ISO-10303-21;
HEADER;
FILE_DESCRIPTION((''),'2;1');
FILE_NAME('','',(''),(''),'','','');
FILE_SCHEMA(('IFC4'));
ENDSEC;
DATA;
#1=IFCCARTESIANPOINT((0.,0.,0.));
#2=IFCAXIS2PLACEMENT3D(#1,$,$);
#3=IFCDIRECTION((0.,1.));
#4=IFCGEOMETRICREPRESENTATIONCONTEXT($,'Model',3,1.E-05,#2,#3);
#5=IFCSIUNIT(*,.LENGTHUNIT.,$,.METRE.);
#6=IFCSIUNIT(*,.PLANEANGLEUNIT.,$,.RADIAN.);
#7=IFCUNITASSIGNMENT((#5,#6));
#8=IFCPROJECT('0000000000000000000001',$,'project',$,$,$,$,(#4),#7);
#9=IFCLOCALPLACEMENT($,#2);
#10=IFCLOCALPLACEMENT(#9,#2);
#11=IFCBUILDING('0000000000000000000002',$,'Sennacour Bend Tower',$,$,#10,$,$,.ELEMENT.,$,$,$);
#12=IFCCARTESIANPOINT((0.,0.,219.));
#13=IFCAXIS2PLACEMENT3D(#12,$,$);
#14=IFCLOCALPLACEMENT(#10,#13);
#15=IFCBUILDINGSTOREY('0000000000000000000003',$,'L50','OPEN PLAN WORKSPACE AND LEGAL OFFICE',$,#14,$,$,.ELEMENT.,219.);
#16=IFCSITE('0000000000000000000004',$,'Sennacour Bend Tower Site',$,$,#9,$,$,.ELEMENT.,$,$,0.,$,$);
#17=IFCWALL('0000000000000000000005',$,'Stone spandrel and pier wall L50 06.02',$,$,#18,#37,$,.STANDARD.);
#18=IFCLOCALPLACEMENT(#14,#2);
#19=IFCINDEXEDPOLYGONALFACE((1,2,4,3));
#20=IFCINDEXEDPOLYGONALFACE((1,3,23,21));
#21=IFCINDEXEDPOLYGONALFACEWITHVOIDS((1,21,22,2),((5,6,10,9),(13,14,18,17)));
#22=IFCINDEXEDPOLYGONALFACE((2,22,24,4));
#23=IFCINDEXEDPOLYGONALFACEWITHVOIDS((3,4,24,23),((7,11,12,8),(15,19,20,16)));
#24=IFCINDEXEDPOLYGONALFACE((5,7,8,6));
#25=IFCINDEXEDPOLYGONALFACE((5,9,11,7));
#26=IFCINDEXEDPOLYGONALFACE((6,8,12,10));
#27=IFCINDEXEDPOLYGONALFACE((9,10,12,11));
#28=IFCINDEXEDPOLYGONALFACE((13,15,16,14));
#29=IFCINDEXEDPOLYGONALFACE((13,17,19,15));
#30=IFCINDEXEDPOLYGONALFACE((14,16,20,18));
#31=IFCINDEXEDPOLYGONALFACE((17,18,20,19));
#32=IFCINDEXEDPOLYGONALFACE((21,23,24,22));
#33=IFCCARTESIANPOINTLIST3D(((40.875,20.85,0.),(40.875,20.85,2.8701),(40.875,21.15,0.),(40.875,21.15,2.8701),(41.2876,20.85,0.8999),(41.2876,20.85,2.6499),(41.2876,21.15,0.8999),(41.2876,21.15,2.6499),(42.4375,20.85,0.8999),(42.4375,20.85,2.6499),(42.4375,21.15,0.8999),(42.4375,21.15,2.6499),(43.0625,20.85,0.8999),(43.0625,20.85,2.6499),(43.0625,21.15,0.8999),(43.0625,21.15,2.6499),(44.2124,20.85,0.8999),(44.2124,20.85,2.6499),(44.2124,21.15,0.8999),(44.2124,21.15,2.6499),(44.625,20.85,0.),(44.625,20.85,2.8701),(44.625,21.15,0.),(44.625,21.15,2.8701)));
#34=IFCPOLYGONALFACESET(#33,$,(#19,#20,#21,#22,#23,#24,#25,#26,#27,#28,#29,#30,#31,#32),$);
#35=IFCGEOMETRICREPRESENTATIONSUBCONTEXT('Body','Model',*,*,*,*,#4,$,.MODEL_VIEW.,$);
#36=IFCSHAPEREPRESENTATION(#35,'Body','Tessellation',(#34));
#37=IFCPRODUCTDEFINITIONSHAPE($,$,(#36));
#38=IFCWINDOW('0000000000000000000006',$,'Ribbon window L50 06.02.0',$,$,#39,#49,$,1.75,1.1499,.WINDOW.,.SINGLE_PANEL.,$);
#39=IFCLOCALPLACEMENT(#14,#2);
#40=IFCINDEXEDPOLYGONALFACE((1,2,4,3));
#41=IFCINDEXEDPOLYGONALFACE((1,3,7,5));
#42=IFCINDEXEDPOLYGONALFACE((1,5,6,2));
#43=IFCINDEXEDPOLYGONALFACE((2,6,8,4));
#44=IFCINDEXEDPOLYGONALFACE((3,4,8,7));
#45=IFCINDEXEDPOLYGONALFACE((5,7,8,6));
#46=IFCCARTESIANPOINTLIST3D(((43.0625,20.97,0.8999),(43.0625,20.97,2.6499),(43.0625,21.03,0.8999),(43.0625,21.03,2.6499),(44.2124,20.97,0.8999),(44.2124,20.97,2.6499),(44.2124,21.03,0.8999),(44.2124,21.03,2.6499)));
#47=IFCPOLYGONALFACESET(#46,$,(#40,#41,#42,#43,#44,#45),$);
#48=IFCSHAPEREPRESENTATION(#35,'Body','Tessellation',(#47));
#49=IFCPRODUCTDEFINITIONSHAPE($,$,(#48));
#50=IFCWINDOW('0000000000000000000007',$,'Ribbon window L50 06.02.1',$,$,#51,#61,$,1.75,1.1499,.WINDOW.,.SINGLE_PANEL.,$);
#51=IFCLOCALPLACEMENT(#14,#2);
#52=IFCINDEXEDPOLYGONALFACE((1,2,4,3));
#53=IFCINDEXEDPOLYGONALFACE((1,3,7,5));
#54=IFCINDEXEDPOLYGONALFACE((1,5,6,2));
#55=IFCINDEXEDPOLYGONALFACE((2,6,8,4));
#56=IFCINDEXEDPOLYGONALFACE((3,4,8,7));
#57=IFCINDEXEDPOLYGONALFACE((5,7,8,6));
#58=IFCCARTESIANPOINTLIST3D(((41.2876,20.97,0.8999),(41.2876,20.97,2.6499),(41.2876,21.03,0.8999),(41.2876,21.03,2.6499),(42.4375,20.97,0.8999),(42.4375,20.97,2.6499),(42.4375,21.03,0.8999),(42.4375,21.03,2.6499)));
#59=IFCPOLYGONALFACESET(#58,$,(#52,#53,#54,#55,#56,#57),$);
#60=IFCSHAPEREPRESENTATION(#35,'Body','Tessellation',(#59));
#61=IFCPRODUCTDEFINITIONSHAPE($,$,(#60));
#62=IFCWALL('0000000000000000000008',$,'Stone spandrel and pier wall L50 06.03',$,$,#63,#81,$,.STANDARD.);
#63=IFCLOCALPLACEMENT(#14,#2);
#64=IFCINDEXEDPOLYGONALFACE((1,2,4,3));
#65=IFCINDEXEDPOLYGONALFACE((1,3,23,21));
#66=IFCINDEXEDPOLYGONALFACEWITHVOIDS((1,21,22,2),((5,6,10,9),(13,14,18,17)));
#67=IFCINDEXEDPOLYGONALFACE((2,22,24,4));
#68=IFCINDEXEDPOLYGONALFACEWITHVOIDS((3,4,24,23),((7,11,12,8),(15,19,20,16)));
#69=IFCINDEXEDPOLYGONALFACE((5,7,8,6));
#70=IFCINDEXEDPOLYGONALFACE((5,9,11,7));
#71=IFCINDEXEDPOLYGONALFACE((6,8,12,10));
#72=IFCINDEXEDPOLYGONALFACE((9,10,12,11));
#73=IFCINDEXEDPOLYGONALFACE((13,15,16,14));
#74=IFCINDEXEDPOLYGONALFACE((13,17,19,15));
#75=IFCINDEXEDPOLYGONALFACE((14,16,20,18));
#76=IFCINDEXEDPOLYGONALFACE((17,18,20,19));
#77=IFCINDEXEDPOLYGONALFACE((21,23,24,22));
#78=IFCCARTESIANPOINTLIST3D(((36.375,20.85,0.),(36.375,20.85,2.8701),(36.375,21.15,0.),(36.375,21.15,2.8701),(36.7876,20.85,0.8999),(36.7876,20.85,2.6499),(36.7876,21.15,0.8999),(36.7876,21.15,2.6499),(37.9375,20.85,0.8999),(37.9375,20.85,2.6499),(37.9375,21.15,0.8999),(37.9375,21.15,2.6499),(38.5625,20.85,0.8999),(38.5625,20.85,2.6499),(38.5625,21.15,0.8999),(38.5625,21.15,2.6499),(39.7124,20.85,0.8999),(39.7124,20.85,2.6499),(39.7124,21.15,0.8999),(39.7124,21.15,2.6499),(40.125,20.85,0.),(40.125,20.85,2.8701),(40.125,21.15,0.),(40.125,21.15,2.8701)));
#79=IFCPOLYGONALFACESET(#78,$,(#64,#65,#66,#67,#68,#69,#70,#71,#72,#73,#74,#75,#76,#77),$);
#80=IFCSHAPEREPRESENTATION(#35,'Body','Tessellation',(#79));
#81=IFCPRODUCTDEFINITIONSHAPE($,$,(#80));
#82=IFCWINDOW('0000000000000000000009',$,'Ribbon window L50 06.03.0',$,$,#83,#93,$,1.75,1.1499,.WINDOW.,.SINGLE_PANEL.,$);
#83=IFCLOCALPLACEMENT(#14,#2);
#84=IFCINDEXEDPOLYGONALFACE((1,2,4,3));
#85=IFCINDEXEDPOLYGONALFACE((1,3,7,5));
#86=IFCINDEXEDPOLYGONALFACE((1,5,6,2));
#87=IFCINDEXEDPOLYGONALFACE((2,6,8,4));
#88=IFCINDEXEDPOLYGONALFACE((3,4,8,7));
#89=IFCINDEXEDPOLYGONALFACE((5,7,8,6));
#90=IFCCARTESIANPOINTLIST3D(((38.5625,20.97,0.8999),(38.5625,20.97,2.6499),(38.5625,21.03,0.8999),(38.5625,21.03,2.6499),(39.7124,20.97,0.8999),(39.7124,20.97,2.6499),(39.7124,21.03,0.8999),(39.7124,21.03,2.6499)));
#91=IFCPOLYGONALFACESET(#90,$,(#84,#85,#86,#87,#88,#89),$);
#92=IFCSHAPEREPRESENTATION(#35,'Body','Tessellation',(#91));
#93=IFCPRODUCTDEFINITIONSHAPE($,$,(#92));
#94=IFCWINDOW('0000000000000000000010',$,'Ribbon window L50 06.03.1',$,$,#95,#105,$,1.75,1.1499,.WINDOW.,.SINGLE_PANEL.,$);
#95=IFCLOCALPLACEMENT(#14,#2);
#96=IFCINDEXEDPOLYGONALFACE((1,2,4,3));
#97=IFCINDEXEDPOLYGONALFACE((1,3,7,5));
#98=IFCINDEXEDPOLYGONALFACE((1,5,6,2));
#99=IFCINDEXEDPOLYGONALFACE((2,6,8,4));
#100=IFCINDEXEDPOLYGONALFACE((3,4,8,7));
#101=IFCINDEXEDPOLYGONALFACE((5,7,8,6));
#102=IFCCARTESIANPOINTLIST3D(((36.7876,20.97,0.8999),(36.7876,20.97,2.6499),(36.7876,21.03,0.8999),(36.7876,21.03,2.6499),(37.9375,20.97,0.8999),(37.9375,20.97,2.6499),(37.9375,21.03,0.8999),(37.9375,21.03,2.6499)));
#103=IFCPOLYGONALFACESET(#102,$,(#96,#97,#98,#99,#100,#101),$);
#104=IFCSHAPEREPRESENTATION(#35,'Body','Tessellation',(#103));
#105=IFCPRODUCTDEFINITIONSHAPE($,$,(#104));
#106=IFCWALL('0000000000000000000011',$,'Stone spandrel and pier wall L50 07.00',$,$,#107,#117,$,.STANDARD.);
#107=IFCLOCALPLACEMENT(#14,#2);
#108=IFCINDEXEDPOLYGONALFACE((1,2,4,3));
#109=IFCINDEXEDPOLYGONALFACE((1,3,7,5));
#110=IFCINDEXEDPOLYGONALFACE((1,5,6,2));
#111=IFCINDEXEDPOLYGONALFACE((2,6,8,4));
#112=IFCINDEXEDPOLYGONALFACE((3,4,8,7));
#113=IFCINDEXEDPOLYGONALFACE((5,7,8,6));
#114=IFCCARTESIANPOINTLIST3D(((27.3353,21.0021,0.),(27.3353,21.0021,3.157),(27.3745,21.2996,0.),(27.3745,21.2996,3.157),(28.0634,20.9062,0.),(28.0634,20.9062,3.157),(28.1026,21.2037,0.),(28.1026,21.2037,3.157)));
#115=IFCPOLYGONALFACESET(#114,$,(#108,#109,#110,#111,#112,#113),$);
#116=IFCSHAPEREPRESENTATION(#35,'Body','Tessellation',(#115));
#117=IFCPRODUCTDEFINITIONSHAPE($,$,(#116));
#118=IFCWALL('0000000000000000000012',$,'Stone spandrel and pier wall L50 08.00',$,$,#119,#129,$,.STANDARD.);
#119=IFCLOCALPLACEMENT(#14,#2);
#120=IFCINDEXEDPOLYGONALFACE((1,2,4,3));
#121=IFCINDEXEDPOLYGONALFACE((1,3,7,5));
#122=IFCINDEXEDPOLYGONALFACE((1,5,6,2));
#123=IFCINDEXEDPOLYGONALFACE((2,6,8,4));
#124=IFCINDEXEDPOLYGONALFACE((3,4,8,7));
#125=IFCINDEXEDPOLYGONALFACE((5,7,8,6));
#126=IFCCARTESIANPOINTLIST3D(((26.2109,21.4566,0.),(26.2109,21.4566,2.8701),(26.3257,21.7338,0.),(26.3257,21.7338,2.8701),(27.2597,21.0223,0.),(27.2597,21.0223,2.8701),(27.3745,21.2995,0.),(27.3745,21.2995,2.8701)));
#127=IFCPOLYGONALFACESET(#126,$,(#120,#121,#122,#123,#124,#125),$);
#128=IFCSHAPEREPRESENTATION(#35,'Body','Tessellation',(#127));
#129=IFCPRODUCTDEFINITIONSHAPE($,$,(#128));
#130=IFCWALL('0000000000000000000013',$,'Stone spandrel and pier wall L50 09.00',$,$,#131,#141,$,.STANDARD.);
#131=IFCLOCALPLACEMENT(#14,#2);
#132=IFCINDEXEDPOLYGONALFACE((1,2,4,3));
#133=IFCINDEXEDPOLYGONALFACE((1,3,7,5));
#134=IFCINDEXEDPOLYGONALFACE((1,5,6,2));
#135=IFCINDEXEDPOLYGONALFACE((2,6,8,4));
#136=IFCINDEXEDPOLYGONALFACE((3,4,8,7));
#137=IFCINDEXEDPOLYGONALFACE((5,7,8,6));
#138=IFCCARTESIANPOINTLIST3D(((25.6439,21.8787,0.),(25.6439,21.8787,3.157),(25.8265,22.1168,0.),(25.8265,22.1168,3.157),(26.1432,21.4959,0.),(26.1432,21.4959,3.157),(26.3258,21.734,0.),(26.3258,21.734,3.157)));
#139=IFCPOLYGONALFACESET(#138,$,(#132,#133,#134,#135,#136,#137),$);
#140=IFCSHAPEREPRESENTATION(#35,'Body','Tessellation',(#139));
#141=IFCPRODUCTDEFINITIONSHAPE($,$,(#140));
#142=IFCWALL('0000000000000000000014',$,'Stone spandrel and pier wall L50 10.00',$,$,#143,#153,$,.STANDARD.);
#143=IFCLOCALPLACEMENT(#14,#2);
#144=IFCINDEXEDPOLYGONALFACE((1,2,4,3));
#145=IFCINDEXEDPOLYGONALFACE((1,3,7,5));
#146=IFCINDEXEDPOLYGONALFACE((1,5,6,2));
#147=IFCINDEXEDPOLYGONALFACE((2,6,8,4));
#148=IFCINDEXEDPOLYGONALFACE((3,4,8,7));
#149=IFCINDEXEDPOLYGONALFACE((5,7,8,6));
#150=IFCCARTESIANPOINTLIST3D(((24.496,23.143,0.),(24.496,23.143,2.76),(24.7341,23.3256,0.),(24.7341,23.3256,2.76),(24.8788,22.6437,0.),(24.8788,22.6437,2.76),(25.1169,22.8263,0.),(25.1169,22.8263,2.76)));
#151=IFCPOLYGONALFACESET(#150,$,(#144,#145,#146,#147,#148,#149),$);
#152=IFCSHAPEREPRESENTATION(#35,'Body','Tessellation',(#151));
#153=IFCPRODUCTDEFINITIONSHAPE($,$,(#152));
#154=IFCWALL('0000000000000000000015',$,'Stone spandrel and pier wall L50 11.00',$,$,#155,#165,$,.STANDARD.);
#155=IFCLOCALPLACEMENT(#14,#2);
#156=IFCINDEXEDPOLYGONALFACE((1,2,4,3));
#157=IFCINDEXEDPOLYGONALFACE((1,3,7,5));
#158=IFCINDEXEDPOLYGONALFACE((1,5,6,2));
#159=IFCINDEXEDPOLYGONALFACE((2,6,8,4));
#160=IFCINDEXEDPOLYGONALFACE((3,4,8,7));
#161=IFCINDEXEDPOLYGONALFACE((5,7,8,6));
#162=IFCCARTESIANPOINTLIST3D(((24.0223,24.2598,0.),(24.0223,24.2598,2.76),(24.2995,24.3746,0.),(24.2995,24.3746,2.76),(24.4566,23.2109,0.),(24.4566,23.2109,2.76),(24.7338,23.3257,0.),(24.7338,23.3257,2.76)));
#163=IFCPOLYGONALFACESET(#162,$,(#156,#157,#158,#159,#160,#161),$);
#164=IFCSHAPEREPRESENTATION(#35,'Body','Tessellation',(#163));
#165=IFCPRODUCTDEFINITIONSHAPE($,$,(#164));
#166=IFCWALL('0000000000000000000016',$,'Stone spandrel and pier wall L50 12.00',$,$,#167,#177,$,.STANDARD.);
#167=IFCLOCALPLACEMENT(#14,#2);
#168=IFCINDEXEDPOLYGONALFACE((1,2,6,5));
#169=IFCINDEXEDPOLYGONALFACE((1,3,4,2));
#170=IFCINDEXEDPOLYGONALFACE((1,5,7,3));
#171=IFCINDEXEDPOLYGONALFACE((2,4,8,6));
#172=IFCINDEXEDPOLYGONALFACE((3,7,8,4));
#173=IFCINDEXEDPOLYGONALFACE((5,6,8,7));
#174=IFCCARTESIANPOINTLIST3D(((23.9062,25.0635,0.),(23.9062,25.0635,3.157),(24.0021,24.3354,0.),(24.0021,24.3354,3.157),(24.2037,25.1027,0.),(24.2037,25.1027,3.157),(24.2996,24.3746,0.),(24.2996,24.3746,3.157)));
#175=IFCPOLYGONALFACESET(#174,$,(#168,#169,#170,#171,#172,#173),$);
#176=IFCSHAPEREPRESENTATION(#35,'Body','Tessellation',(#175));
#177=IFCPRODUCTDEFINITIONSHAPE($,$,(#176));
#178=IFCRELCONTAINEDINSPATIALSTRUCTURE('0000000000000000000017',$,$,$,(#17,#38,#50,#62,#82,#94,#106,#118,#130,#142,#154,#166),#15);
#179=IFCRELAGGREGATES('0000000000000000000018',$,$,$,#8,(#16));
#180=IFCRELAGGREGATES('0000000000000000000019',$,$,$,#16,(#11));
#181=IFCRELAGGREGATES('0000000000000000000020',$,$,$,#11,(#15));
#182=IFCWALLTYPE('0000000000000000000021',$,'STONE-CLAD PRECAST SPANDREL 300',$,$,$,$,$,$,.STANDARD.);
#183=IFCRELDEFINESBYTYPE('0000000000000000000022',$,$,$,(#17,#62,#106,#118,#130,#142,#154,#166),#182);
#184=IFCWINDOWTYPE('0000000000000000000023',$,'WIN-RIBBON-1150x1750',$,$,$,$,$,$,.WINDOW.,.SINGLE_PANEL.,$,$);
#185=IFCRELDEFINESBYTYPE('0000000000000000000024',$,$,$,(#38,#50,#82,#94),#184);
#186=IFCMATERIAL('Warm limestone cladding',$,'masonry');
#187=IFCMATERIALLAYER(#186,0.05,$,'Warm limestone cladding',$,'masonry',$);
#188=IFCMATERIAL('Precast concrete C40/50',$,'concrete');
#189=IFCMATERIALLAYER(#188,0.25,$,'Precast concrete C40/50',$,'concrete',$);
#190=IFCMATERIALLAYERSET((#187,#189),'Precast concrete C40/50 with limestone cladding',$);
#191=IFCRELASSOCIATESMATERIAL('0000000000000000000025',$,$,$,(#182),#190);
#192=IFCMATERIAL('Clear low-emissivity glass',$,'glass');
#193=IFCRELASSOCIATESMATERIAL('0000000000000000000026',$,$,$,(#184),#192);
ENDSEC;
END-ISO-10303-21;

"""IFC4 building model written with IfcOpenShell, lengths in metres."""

from ifc_helpers import new_model, si_unit, direction, frame, frame_2d, origin, place, context, subcontext, project, spatial, rectangle, extrude, material, layer, layer_set, type_object, element, fill, save


model = new_model("IFC4")

# Units and contexts
model_context = context("Model", 3, precision=1e-05, world=origin(), true_north=direction((0.0, 1.0)))
body_context = subcontext(model_context, "Body", "Model", "MODEL_VIEW")
ifc_project = project(units=[si_unit("LENGTHUNIT", "METRE"), si_unit("PLANEANGLEUNIT", "RADIAN")], contexts=[model_context])

# Site, building, storey
site_placement = place(None, origin())
site = spatial("IfcSite", under=ifc_project, at=site_placement, Name="Sennacour Bend Tower Site", CompositionType="ELEMENT", RefElevation=0.0)
building_placement = place(site_placement, origin())
building = spatial("IfcBuilding", under=site, at=building_placement, Name="Sennacour Bend Tower", CompositionType="ELEMENT")
storey_placement = place(building_placement, frame((0.0, 0.0, 219.0)))
storey = spatial("IfcBuildingStorey", under=building, at=storey_placement, Name="L50", Description="OPEN PLAN WORKSPACE AND LEGAL OFFICE", CompositionType="ELEMENT", Elevation=219.0)

# Walls, openings, windows
ifc_material_1 = material(Name="Warm limestone cladding", Category="masonry")
ifc_layer_1 = layer(ifc_material_1, 0.05, Name="Warm limestone cladding", Category="masonry")
ifc_material_2 = material(Name="Precast concrete C40/50", Category="concrete")
ifc_layer_2 = layer(ifc_material_2, 0.25, Name="Precast concrete C40/50", Category="concrete")
ifc_layer_set = layer_set([ifc_layer_1, ifc_layer_2], Name="Precast concrete C40/50 with limestone cladding")
wall_type = type_object("IfcWallType", Name="STONE-CLAD PRECAST SPANDREL 300", PredefinedType="STANDARD", material=ifc_layer_set)
wall_1_placement = place(storey_placement, frame((44.625, 21.0, 0.0), z_axis=(0.0, 0.0, 1.0), x_axis=(-1.0, 0.0, 0.0)))
wall_1 = element("IfcWall", 1, at=wall_1_placement, inside=storey, type_object=wall_type, Name="Stone spandrel and pier wall L50 06.02", PredefinedType="STANDARD", context=body_context, shape_type="SweptSolid", body=[
    extrude(rectangle(XDim=3.75, YDim=0.3, at=frame_2d((1.875, 0.0))), origin(), (0.0, 0.0, 1.0), 2.8701),
])
opening_1_placement = place(wall_1_placement, frame((0.4126, 0.0, 0.8999)))
opening_1 = element("IfcOpeningElement", 2, at=opening_1_placement, cuts=wall_1, PredefinedType="OPENING", context=body_context, shape_type="SweptSolid", body=[
    extrude(rectangle(XDim=1.1499, YDim=1.75, at=frame_2d((0.575, 0.875))), frame((0.0, 0.1602, 0.0), z_axis=(0.0, -1.0, 0.0), x_axis=(1.0, 0.0, 0.0)), (0.0, 0.0, 1.0), 0.3201),
])
opening_2_placement = place(wall_1_placement, frame((2.1875, 0.0, 0.8999)))
opening_2 = element("IfcOpeningElement", 3, at=opening_2_placement, cuts=wall_1, PredefinedType="OPENING", context=body_context, shape_type="SweptSolid", body=[
    extrude(rectangle(XDim=1.1499, YDim=1.75, at=frame_2d((0.575, 0.875))), frame((0.0, 0.1602, 0.0), z_axis=(0.0, -1.0, 0.0), x_axis=(1.0, 0.0, 0.0)), (0.0, 0.0, 1.0), 0.3201),
])
ifc_material_3 = material(Name="Clear low-emissivity glass", Category="glass")
window_type_1 = type_object("IfcWindowType", Name="WIN-RIBBON-1150x1750", PartitioningType="SINGLE_PANEL", PredefinedType="WINDOW", material=ifc_material_3)
window_1_placement = place(opening_1_placement, origin())
window_1 = element("IfcWindow", 4, at=window_1_placement, inside=storey, type_object=window_type_1, Name="Ribbon window L50 06.02.0", OverallHeight=1.75, OverallWidth=1.1499, PartitioningType="SINGLE_PANEL", PredefinedType="WINDOW", context=body_context, shape_type="SweptSolid", body=[
    extrude(rectangle(XDim=1.1499, YDim=1.75, at=frame_2d((0.575, 0.875))), frame((0.0, 0.03, 0.0), z_axis=(0.0, -1.0, 0.0), x_axis=(1.0, 0.0, 0.0)), (0.0, 0.0, 1.0), 0.0601),
])
fill(opening_1, window_1)
window_2_placement = place(opening_2_placement, origin())
window_2 = element("IfcWindow", 5, at=window_2_placement, inside=storey, type_object=window_type_1, Name="Ribbon window L50 06.02.1", OverallHeight=1.75, OverallWidth=1.1499, PartitioningType="SINGLE_PANEL", PredefinedType="WINDOW", context=body_context, shape_type="SweptSolid", body=[
    extrude(rectangle(XDim=1.1499, YDim=1.75, at=frame_2d((0.575, 0.875))), frame((0.0, 0.03, 0.0), z_axis=(0.0, -1.0, 0.0), x_axis=(1.0, 0.0, 0.0)), (0.0, 0.0, 1.0), 0.0601),
])
fill(opening_2, window_2)
wall_2_placement = place(storey_placement, frame((40.125, 21.0, 0.0), z_axis=(0.0, 0.0, 1.0), x_axis=(-1.0, 0.0, 0.0)))
wall_2 = element("IfcWall", 6, at=wall_2_placement, inside=storey, type_object=wall_type, Name="Stone spandrel and pier wall L50 06.03", PredefinedType="STANDARD", context=body_context, shape_type="SweptSolid", body=[
    extrude(rectangle(XDim=3.75, YDim=0.3, at=frame_2d((1.875, 0.0))), origin(), (0.0, 0.0, 1.0), 2.8701),
])
opening_3_placement = place(wall_2_placement, frame((0.4126, 0.0, 0.8999)))
opening_3 = element("IfcOpeningElement", 7, at=opening_3_placement, cuts=wall_2, PredefinedType="OPENING", context=body_context, shape_type="SweptSolid", body=[
    extrude(rectangle(XDim=1.1499, YDim=1.75, at=frame_2d((0.575, 0.875))), frame((0.0, 0.1602, 0.0), z_axis=(0.0, -1.0, 0.0), x_axis=(1.0, 0.0, 0.0)), (0.0, 0.0, 1.0), 0.3201),
])
opening_4_placement = place(wall_2_placement, frame((2.1875, 0.0, 0.8999)))
opening_4 = element("IfcOpeningElement", 8, at=opening_4_placement, cuts=wall_2, PredefinedType="OPENING", context=body_context, shape_type="SweptSolid", body=[
    extrude(rectangle(XDim=1.1499, YDim=1.75, at=frame_2d((0.575, 0.875))), frame((0.0, 0.1602, 0.0), z_axis=(0.0, -1.0, 0.0), x_axis=(1.0, 0.0, 0.0)), (0.0, 0.0, 1.0), 0.3201),
])
window_3_placement = place(opening_3_placement, origin())
window_3 = element("IfcWindow", 9, at=window_3_placement, inside=storey, type_object=window_type_1, Name="Ribbon window L50 06.03.0", OverallHeight=1.75, OverallWidth=1.1499, PartitioningType="SINGLE_PANEL", PredefinedType="WINDOW", context=body_context, shape_type="SweptSolid", body=[
    extrude(rectangle(XDim=1.1499, YDim=1.75, at=frame_2d((0.575, 0.875))), frame((0.0, 0.03, 0.0), z_axis=(0.0, -1.0, 0.0), x_axis=(1.0, 0.0, 0.0)), (0.0, 0.0, 1.0), 0.0601),
])
fill(opening_3, window_3)
window_4_placement = place(opening_4_placement, origin())
window_4 = element("IfcWindow", 10, at=window_4_placement, inside=storey, type_object=window_type_1, Name="Ribbon window L50 06.03.1", OverallHeight=1.75, OverallWidth=1.1499, PartitioningType="SINGLE_PANEL", PredefinedType="WINDOW", context=body_context, shape_type="SweptSolid", body=[
    extrude(rectangle(XDim=1.1499, YDim=1.75, at=frame_2d((0.575, 0.875))), frame((0.0, 0.03, 0.0), z_axis=(0.0, -1.0, 0.0), x_axis=(1.0, 0.0, 0.0)), (0.0, 0.0, 1.0), 0.0601),
])
fill(opening_4, window_4)

# Walls
wall_3_placement = place(storey_placement, frame((28.083, 21.0549, 0.0), z_axis=(0.0, 0.0, 1.0), x_axis=(-0.991427, 0.130661, 0.0)))
element("IfcWall", 11, at=wall_3_placement, inside=storey, type_object=wall_type, Name="Stone spandrel and pier wall L50 07.00", PredefinedType="STANDARD", context=body_context, shape_type="SweptSolid", body=[
    extrude(rectangle(XDim=0.7344, YDim=0.3, at=frame_2d((0.3672, 0.0))), origin(), (0.0, 0.0, 1.0), 3.157),
])
wall_4_placement = place(storey_placement, frame((27.3171, 21.1609, 0.0), z_axis=(0.0, 0.0, 1.0), x_axis=(-0.923915, 0.382599, 0.0)))
element("IfcWall", 12, at=wall_4_placement, inside=storey, type_object=wall_type, Name="Stone spandrel and pier wall L50 08.00", PredefinedType="STANDARD", context=body_context, shape_type="SweptSolid", body=[
    extrude(rectangle(XDim=1.1353, YDim=0.3, at=frame_2d((0.5676, 0.0))), origin(), (0.0, 0.0, 1.0), 2.8701),
])
wall_5_placement = place(storey_placement, frame((26.2344, 21.615, 0.0), z_axis=(0.0, 0.0, 1.0), x_axis=(-0.793575, 0.608472, 0.0)))
element("IfcWall", 13, at=wall_5_placement, inside=storey, type_object=wall_type, Name="Stone spandrel and pier wall L50 09.00", PredefinedType="STANDARD", context=body_context, shape_type="SweptSolid", body=[
    extrude(rectangle(XDim=0.6292, YDim=0.3, at=frame_2d((0.3145, 0.0))), origin(), (0.0, 0.0, 1.0), 3.157),
])
wall_6_placement = place(storey_placement, frame((24.9978, 22.7351, 0.0), z_axis=(0.0, 0.0, 1.0), x_axis=(-0.608472, 0.793575, 0.0)))
element("IfcWall", 14, at=wall_6_placement, inside=storey, type_object=wall_type, Name="Stone spandrel and pier wall L50 10.00", PredefinedType="STANDARD", context=body_context, shape_type="SweptSolid", body=[
    extrude(rectangle(XDim=0.6292, YDim=0.3, at=frame_2d((0.3145, 0.0))), origin(), (0.0, 0.0, 1.0), 2.76),
])
wall_7_placement = place(storey_placement, frame((24.5952, 23.2683, 0.0), z_axis=(0.0, 0.0, 1.0), x_axis=(-0.382599, 0.923915, 0.0)))
element("IfcWall", 15, at=wall_7_placement, inside=storey, type_object=wall_type, Name="Stone spandrel and pier wall L50 11.00", PredefinedType="STANDARD", context=body_context, shape_type="SweptSolid", body=[
    extrude(rectangle(XDim=1.1353, YDim=0.3, at=frame_2d((0.5676, 0.0))), origin(), (0.0, 0.0, 1.0), 2.76),
])
wall_8_placement = place(storey_placement, frame((24.1509, 24.355, 0.0), z_axis=(0.0, 0.0, 1.0), x_axis=(-0.130661, 0.991427, 0.0)))
element("IfcWall", 16, at=wall_8_placement, inside=storey, type_object=wall_type, Name="Stone spandrel and pier wall L50 12.00", PredefinedType="STANDARD", context=body_context, shape_type="SweptSolid", body=[
    extrude(rectangle(XDim=0.7344, YDim=0.3, at=frame_2d((0.3672, 0.0))), origin(), (0.0, 0.0, 1.0), 3.157),
])

save(model, "model.ifc")
